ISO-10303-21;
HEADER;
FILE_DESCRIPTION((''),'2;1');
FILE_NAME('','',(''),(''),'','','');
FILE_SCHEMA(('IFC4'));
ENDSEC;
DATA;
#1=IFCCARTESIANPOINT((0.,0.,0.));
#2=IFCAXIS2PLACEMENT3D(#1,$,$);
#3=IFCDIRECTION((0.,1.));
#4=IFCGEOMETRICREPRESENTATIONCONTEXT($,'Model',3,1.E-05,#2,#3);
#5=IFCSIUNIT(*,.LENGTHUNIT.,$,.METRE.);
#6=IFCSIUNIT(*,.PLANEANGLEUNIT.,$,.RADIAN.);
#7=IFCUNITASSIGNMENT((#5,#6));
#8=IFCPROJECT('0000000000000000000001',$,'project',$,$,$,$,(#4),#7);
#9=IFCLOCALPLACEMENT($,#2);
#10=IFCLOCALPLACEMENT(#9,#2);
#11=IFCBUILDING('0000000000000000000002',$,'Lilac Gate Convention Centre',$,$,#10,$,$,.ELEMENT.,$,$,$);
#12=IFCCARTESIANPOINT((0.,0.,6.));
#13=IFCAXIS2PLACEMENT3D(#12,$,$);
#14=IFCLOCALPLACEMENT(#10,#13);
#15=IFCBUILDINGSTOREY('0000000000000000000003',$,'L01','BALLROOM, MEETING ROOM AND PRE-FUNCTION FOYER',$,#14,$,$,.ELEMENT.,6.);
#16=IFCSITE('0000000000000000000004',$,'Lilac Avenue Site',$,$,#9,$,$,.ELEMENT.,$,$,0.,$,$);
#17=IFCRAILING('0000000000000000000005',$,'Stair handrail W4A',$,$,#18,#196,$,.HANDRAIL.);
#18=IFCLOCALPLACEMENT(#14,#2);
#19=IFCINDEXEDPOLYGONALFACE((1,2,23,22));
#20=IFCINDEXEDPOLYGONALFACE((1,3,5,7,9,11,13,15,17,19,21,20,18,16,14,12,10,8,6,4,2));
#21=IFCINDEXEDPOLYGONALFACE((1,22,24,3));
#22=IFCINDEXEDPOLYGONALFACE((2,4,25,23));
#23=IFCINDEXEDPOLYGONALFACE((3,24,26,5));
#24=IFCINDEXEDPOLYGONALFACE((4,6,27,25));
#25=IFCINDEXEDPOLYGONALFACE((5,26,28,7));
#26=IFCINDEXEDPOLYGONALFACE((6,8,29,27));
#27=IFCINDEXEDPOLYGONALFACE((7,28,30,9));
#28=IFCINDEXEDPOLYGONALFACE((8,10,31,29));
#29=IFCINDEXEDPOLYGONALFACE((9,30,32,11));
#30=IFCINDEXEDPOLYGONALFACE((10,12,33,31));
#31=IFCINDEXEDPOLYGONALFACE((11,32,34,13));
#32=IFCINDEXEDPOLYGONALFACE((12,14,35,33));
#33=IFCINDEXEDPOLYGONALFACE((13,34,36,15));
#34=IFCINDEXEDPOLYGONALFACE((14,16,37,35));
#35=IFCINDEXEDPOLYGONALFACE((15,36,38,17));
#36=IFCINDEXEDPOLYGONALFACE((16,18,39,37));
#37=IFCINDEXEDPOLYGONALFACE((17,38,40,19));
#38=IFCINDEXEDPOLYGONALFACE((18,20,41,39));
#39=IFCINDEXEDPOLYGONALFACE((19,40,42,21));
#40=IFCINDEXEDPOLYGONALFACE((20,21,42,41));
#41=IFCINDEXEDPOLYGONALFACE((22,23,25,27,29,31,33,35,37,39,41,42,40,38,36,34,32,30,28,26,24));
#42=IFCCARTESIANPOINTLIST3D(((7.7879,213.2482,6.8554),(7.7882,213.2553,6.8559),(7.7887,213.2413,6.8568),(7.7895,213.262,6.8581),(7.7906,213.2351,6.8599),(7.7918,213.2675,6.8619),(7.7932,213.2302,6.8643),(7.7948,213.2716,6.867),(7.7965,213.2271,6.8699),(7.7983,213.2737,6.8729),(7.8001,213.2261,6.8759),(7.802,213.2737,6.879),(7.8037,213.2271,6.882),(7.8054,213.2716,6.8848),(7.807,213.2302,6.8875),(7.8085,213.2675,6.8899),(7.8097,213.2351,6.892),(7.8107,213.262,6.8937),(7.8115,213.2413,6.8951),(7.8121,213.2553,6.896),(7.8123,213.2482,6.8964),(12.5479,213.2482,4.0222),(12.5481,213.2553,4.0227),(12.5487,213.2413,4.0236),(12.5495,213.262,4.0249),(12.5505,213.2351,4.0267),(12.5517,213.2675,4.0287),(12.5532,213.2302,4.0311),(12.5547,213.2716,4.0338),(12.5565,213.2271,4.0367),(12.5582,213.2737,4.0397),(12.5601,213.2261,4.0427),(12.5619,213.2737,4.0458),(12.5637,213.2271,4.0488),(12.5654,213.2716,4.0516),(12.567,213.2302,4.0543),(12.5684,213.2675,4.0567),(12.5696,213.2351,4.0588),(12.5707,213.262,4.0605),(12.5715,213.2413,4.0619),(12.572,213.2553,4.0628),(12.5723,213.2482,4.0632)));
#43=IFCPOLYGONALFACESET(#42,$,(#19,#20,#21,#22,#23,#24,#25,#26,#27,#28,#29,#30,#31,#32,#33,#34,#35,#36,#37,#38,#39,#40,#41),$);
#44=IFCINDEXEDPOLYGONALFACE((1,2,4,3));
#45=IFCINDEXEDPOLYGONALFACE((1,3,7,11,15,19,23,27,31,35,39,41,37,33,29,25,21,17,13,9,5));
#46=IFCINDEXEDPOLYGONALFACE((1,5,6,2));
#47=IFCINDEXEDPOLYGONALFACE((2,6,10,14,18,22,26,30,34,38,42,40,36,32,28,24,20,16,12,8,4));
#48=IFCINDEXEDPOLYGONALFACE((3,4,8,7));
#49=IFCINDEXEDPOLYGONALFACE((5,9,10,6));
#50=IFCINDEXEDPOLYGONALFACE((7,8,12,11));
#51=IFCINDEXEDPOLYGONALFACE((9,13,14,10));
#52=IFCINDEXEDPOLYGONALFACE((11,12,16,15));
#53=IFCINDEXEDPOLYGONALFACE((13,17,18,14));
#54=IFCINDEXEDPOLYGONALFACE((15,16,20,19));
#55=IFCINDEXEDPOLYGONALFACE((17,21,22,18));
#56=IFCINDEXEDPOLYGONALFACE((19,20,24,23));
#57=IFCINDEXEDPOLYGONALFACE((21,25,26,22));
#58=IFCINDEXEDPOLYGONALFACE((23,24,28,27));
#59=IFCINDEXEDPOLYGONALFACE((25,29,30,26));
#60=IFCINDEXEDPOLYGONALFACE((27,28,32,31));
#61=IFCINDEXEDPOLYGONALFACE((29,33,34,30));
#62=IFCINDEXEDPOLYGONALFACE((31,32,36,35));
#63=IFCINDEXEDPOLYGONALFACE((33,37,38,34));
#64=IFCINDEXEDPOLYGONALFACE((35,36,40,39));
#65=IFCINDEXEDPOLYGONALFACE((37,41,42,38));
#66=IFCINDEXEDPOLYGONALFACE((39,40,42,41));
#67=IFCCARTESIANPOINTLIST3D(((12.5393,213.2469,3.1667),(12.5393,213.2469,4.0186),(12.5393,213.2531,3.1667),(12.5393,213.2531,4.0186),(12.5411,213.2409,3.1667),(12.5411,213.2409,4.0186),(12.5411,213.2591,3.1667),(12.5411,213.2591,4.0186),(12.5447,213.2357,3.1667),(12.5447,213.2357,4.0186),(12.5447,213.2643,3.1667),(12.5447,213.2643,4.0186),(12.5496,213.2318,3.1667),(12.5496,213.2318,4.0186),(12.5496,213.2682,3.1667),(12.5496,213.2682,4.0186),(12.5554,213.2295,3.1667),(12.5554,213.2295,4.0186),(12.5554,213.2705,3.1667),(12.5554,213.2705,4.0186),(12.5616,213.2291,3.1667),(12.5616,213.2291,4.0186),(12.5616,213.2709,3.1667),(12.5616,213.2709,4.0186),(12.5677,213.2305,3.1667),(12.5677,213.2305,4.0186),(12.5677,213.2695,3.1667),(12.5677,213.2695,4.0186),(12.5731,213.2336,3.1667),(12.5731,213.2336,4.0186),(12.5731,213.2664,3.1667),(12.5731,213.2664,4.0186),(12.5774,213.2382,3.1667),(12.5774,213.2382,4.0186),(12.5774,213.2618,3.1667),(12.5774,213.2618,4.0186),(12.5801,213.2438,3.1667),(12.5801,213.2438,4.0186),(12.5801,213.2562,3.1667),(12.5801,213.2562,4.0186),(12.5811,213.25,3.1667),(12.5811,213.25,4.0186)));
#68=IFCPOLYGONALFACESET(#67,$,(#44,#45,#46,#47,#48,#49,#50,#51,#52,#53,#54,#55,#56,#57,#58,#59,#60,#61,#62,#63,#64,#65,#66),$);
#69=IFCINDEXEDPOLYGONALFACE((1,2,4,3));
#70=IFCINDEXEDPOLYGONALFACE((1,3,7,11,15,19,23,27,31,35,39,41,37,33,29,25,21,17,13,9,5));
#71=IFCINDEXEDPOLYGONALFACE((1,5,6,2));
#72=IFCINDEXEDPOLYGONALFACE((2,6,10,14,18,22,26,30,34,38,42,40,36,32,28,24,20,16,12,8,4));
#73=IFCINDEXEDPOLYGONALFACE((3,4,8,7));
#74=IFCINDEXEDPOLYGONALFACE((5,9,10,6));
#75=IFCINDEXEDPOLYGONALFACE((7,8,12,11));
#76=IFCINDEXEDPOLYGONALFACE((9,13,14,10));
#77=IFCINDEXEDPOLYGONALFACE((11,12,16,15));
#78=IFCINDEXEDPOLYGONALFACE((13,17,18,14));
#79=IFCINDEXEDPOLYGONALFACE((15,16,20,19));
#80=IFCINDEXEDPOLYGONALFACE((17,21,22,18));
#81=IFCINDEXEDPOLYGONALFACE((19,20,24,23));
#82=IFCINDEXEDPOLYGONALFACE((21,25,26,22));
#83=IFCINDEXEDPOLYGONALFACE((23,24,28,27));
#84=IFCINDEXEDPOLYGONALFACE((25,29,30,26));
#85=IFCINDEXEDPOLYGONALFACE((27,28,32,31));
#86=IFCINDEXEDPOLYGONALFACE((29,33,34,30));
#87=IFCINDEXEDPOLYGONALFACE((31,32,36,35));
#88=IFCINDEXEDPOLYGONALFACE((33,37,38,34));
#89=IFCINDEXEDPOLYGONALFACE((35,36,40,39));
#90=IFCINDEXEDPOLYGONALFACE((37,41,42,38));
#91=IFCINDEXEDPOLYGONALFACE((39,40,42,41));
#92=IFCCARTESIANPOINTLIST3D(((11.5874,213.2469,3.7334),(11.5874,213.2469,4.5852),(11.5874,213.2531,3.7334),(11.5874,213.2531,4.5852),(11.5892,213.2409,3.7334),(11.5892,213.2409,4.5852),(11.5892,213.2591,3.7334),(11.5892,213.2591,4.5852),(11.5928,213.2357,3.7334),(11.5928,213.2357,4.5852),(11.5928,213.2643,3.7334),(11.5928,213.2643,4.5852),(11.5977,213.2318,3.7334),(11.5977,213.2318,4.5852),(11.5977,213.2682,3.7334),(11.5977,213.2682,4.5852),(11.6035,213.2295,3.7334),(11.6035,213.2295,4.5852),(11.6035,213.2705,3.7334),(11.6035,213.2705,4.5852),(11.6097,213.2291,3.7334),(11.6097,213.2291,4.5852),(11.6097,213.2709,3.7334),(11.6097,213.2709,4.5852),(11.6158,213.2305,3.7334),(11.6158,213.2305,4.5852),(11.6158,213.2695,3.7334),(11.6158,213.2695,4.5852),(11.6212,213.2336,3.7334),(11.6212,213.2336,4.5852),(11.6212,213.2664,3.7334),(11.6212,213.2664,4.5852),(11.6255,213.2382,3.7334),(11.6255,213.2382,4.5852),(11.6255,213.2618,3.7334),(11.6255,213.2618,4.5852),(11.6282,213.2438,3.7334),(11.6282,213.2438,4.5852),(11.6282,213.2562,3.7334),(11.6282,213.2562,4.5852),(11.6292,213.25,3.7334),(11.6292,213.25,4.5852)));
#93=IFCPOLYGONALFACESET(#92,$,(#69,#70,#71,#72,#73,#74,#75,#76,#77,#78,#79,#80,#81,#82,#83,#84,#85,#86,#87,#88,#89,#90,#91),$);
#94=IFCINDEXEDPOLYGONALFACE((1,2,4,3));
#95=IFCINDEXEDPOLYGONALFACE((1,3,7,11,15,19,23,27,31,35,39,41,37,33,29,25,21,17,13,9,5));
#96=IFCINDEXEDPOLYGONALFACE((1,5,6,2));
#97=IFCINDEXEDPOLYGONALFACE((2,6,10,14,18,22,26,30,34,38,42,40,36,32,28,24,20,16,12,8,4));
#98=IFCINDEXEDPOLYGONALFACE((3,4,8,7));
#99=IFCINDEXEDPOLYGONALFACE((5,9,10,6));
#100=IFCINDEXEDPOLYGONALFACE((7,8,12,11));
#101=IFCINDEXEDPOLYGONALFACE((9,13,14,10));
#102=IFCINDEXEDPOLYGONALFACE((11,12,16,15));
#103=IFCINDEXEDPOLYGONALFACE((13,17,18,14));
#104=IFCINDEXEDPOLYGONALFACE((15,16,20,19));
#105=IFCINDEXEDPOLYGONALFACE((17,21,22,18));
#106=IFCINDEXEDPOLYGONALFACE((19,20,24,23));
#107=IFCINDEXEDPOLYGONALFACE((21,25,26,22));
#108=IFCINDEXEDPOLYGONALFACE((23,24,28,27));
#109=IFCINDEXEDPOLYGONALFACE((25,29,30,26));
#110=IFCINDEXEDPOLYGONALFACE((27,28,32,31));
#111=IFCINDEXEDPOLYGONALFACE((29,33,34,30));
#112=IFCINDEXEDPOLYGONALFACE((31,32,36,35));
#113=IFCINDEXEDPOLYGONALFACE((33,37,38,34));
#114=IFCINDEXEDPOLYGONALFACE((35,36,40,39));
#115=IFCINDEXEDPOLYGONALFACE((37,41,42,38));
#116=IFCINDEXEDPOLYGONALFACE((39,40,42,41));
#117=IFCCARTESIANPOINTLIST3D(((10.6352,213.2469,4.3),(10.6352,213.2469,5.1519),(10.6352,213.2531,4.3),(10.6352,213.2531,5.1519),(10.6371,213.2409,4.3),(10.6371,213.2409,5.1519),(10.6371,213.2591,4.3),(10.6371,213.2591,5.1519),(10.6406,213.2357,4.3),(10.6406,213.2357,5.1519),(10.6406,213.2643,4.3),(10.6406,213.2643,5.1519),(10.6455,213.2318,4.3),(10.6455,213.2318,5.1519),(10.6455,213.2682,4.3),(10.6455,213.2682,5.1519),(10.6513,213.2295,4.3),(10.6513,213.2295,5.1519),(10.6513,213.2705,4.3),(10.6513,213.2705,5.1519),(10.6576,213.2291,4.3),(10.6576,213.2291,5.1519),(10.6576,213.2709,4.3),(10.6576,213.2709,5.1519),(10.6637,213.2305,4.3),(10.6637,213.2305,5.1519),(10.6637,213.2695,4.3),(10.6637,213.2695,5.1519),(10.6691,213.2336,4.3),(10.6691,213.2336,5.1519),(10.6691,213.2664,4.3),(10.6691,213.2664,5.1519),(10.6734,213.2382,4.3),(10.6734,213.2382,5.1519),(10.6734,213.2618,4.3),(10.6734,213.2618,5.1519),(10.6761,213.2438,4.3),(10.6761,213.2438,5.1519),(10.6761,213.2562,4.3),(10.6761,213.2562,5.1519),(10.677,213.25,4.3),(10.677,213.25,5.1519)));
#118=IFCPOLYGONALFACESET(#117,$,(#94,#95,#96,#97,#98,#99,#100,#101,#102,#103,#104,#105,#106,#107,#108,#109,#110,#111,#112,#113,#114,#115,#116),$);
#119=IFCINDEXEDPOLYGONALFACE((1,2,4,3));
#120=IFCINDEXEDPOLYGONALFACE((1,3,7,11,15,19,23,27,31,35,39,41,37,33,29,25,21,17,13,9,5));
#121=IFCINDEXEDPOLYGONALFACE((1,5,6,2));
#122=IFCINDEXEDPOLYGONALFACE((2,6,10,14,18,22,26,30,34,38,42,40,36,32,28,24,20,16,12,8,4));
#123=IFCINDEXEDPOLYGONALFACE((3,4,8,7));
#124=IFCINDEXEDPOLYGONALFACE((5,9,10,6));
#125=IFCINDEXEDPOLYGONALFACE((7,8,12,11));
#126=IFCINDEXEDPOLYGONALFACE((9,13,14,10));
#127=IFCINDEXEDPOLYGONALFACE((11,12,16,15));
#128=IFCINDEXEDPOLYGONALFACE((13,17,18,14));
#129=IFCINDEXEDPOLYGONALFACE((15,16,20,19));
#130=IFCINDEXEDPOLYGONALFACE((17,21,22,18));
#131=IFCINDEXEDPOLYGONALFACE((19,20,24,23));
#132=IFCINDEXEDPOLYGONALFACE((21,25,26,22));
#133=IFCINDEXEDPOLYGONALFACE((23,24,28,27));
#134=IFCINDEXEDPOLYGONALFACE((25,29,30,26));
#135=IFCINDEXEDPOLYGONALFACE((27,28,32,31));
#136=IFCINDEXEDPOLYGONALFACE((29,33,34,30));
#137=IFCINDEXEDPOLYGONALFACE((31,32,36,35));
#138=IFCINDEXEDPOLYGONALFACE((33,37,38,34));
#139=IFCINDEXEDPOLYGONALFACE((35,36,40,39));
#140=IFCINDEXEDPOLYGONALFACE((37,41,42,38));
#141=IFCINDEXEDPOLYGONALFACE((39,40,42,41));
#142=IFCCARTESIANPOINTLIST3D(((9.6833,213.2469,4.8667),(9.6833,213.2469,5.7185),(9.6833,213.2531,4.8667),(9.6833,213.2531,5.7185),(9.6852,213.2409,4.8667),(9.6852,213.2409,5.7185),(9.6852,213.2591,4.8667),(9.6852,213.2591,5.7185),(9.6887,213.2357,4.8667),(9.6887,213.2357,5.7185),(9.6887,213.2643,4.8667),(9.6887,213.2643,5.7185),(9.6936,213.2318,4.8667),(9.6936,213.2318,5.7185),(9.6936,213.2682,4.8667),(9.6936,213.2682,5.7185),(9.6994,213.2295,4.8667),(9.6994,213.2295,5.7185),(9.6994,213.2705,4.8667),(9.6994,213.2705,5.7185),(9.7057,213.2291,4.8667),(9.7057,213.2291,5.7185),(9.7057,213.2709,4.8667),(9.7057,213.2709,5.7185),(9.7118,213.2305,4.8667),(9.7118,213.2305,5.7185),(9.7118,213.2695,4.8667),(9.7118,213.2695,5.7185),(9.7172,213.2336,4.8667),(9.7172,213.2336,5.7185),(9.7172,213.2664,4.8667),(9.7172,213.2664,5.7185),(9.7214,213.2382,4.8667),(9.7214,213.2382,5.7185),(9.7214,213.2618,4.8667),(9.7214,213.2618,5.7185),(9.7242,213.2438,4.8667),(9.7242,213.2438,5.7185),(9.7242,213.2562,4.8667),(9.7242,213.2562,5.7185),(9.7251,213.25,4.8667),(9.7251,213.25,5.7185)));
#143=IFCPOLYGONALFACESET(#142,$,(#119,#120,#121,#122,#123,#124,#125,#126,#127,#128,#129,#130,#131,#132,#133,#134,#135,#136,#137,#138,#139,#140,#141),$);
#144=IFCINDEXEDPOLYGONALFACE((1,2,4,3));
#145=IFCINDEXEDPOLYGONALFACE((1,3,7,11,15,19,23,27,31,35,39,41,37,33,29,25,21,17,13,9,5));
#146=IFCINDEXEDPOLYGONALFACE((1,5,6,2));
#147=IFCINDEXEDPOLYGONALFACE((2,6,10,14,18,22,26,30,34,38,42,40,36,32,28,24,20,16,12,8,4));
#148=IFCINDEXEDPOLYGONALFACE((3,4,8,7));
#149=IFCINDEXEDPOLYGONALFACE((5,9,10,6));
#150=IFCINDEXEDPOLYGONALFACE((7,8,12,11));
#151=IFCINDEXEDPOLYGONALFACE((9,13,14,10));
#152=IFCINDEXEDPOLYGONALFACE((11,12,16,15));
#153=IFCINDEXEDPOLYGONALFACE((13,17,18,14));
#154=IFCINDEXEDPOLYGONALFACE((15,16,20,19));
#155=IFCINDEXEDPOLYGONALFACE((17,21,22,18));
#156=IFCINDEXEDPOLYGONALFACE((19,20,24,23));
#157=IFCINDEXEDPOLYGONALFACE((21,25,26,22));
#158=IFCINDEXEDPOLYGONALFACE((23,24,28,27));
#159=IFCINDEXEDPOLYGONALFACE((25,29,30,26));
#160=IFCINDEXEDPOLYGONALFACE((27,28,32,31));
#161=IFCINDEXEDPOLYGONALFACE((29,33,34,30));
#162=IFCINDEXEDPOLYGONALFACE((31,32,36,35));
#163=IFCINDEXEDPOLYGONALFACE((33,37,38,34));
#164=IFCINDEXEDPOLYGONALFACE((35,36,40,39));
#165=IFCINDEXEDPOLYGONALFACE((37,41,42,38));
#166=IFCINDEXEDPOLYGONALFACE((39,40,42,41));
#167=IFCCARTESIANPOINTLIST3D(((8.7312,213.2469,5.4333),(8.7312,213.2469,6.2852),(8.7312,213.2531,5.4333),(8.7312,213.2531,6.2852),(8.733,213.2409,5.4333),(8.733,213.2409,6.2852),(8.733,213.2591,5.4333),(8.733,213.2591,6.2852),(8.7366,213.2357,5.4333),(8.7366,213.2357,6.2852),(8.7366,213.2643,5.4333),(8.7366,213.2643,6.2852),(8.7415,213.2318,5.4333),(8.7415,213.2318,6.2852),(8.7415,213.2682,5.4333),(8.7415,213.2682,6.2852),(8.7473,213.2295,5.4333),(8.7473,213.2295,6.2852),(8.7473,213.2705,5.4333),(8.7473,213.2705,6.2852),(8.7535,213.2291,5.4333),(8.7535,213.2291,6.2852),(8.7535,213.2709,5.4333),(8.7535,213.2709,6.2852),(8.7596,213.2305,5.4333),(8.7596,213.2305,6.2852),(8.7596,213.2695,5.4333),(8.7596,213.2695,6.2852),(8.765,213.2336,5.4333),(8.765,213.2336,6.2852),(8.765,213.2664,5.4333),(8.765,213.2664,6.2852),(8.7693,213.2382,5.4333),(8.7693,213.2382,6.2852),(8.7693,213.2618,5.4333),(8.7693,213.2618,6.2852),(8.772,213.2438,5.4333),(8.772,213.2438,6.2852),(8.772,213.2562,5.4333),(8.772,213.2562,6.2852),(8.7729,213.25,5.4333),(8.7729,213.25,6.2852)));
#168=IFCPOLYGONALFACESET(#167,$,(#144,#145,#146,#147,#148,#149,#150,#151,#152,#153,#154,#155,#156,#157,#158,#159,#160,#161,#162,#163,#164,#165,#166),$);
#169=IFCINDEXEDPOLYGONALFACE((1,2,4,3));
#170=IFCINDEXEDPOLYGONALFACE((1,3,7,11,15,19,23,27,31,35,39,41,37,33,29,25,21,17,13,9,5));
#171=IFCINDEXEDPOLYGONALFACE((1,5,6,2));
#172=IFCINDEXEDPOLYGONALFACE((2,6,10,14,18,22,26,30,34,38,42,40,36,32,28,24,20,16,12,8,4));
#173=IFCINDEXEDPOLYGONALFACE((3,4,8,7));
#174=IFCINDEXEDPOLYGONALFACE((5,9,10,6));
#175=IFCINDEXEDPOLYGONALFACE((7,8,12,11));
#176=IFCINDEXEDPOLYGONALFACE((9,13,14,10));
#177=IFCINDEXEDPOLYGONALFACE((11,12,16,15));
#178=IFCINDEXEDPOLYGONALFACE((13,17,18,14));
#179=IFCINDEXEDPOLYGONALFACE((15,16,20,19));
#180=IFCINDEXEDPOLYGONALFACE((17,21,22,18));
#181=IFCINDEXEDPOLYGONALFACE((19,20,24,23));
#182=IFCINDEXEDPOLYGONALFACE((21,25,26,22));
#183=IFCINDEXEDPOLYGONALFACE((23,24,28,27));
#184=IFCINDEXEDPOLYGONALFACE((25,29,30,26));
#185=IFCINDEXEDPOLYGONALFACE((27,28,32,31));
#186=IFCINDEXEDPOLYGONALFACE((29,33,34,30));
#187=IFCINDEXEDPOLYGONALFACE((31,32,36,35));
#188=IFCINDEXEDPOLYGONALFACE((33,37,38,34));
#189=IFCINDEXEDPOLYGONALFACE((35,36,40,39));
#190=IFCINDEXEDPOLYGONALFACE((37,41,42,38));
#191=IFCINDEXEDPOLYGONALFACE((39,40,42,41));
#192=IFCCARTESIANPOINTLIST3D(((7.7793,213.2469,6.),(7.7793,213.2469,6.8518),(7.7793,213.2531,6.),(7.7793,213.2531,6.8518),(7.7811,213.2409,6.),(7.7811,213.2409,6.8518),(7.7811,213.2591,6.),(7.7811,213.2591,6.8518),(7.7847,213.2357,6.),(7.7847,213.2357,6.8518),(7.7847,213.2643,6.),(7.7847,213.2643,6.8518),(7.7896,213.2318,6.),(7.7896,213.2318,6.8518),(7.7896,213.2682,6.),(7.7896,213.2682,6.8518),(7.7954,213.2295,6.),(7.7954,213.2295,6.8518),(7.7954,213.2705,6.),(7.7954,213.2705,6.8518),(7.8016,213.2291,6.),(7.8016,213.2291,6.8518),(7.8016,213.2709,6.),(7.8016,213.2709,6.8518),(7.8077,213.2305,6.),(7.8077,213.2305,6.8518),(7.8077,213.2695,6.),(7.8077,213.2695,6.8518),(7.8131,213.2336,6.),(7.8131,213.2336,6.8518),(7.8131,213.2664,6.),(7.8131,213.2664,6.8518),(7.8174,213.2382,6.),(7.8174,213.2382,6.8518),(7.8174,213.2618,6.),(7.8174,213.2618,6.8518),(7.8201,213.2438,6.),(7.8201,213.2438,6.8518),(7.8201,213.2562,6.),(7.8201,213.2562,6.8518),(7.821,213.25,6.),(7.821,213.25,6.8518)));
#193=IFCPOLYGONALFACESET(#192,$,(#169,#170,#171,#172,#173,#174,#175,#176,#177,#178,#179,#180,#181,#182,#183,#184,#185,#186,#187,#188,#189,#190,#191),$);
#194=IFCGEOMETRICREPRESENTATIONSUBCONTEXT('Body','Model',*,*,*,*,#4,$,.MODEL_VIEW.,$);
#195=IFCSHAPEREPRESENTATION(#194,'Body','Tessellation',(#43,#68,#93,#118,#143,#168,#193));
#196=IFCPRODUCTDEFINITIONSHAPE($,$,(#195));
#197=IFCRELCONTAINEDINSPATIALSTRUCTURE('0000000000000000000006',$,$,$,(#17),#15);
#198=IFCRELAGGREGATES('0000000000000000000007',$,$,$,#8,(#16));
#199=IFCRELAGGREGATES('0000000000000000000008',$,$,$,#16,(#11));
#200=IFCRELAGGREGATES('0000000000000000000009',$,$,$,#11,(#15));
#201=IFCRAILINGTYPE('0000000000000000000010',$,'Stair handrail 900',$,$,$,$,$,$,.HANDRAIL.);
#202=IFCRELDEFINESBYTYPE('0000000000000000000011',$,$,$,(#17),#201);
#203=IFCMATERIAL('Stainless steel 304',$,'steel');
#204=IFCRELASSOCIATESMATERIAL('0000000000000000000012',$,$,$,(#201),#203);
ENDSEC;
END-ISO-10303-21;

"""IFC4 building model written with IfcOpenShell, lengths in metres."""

from ifc_helpers import new_model, si_unit, direction, frame, origin, origin_2d, place, context, subcontext, project, spatial, circle, extrude, material, type_object, element, save


model = new_model("IFC4")

# Units and contexts
model_context = context("Model", 3, precision=1e-05, world=origin(), true_north=direction((0.0, 1.0)))
body_context = subcontext(model_context, "Body", "Model", "MODEL_VIEW")
ifc_project = project(units=[si_unit("LENGTHUNIT", "METRE"), si_unit("PLANEANGLEUNIT", "RADIAN")], contexts=[model_context])

# Site, building, storey
site_placement = place(None, origin())
site = spatial("IfcSite", under=ifc_project, at=site_placement, Name="Lilac Avenue Site", CompositionType="ELEMENT", RefElevation=0.0)
building_placement = place(site_placement, origin())
building = spatial("IfcBuilding", under=site, at=building_placement, Name="Lilac Gate Convention Centre", CompositionType="ELEMENT")
storey_placement = place(building_placement, frame((0.0, 0.0, 6.0)))
storey = spatial("IfcBuildingStorey", under=building, at=storey_placement, Name="L01", Description="BALLROOM, MEETING ROOM AND PRE-FUNCTION FOYER", CompositionType="ELEMENT", Elevation=6.0)

# Shared definitions
ifc_material_1 = material(Name="Stainless steel 304", Category="steel")

# Railing
railing_type = type_object("IfcRailingType", Name="Stair handrail 900", PredefinedType="HANDRAIL", material=ifc_material_1)
for number, where, name in (
    (1, (12.5601, 213.25, 3.1667), "Stair handrail W4A"),
):
    element("IfcRailing", number, at=place(storey_placement, frame(where)), inside=storey, type_object=railing_type, Name=name, PredefinedType="HANDRAIL", context=body_context, shape_type="SweptSolid", body=[
        extrude(circle(Radius=0.0239, at=origin_2d()), frame((0.0, 0.0, 0.876), z_axis=(-0.8593, 0.0, 0.511472), x_axis=(0.0, -1.0, 0.0)), (0.0, 0.0, 1.0), 5.5393),
        extrude(circle(Radius=0.021, at=origin_2d()), origin(), (0.0, 0.0, 1.0), 0.8518),
        extrude(circle(Radius=0.021, at=origin_2d()), frame((-0.9519, 0.0, 0.5667)), (0.0, 0.0, 1.0), 0.8518),
        extrude(circle(Radius=0.021, at=origin_2d()), frame((-1.9041, 0.0, 1.1333)), (0.0, 0.0, 1.0), 0.8518),
        extrude(circle(Radius=0.021, at=origin_2d()), frame((-2.856, 0.0, 1.7)), (0.0, 0.0, 1.0), 0.8518),
        extrude(circle(Radius=0.021, at=origin_2d()), frame((-3.8081, 0.0, 2.2666)), (0.0, 0.0, 1.0), 0.8518),
        extrude(circle(Radius=0.021, at=origin_2d()), frame((-4.76, 0.0, 2.8333)), (0.0, 0.0, 1.0), 0.8518),
    ])

save(model, "model.ifc")
